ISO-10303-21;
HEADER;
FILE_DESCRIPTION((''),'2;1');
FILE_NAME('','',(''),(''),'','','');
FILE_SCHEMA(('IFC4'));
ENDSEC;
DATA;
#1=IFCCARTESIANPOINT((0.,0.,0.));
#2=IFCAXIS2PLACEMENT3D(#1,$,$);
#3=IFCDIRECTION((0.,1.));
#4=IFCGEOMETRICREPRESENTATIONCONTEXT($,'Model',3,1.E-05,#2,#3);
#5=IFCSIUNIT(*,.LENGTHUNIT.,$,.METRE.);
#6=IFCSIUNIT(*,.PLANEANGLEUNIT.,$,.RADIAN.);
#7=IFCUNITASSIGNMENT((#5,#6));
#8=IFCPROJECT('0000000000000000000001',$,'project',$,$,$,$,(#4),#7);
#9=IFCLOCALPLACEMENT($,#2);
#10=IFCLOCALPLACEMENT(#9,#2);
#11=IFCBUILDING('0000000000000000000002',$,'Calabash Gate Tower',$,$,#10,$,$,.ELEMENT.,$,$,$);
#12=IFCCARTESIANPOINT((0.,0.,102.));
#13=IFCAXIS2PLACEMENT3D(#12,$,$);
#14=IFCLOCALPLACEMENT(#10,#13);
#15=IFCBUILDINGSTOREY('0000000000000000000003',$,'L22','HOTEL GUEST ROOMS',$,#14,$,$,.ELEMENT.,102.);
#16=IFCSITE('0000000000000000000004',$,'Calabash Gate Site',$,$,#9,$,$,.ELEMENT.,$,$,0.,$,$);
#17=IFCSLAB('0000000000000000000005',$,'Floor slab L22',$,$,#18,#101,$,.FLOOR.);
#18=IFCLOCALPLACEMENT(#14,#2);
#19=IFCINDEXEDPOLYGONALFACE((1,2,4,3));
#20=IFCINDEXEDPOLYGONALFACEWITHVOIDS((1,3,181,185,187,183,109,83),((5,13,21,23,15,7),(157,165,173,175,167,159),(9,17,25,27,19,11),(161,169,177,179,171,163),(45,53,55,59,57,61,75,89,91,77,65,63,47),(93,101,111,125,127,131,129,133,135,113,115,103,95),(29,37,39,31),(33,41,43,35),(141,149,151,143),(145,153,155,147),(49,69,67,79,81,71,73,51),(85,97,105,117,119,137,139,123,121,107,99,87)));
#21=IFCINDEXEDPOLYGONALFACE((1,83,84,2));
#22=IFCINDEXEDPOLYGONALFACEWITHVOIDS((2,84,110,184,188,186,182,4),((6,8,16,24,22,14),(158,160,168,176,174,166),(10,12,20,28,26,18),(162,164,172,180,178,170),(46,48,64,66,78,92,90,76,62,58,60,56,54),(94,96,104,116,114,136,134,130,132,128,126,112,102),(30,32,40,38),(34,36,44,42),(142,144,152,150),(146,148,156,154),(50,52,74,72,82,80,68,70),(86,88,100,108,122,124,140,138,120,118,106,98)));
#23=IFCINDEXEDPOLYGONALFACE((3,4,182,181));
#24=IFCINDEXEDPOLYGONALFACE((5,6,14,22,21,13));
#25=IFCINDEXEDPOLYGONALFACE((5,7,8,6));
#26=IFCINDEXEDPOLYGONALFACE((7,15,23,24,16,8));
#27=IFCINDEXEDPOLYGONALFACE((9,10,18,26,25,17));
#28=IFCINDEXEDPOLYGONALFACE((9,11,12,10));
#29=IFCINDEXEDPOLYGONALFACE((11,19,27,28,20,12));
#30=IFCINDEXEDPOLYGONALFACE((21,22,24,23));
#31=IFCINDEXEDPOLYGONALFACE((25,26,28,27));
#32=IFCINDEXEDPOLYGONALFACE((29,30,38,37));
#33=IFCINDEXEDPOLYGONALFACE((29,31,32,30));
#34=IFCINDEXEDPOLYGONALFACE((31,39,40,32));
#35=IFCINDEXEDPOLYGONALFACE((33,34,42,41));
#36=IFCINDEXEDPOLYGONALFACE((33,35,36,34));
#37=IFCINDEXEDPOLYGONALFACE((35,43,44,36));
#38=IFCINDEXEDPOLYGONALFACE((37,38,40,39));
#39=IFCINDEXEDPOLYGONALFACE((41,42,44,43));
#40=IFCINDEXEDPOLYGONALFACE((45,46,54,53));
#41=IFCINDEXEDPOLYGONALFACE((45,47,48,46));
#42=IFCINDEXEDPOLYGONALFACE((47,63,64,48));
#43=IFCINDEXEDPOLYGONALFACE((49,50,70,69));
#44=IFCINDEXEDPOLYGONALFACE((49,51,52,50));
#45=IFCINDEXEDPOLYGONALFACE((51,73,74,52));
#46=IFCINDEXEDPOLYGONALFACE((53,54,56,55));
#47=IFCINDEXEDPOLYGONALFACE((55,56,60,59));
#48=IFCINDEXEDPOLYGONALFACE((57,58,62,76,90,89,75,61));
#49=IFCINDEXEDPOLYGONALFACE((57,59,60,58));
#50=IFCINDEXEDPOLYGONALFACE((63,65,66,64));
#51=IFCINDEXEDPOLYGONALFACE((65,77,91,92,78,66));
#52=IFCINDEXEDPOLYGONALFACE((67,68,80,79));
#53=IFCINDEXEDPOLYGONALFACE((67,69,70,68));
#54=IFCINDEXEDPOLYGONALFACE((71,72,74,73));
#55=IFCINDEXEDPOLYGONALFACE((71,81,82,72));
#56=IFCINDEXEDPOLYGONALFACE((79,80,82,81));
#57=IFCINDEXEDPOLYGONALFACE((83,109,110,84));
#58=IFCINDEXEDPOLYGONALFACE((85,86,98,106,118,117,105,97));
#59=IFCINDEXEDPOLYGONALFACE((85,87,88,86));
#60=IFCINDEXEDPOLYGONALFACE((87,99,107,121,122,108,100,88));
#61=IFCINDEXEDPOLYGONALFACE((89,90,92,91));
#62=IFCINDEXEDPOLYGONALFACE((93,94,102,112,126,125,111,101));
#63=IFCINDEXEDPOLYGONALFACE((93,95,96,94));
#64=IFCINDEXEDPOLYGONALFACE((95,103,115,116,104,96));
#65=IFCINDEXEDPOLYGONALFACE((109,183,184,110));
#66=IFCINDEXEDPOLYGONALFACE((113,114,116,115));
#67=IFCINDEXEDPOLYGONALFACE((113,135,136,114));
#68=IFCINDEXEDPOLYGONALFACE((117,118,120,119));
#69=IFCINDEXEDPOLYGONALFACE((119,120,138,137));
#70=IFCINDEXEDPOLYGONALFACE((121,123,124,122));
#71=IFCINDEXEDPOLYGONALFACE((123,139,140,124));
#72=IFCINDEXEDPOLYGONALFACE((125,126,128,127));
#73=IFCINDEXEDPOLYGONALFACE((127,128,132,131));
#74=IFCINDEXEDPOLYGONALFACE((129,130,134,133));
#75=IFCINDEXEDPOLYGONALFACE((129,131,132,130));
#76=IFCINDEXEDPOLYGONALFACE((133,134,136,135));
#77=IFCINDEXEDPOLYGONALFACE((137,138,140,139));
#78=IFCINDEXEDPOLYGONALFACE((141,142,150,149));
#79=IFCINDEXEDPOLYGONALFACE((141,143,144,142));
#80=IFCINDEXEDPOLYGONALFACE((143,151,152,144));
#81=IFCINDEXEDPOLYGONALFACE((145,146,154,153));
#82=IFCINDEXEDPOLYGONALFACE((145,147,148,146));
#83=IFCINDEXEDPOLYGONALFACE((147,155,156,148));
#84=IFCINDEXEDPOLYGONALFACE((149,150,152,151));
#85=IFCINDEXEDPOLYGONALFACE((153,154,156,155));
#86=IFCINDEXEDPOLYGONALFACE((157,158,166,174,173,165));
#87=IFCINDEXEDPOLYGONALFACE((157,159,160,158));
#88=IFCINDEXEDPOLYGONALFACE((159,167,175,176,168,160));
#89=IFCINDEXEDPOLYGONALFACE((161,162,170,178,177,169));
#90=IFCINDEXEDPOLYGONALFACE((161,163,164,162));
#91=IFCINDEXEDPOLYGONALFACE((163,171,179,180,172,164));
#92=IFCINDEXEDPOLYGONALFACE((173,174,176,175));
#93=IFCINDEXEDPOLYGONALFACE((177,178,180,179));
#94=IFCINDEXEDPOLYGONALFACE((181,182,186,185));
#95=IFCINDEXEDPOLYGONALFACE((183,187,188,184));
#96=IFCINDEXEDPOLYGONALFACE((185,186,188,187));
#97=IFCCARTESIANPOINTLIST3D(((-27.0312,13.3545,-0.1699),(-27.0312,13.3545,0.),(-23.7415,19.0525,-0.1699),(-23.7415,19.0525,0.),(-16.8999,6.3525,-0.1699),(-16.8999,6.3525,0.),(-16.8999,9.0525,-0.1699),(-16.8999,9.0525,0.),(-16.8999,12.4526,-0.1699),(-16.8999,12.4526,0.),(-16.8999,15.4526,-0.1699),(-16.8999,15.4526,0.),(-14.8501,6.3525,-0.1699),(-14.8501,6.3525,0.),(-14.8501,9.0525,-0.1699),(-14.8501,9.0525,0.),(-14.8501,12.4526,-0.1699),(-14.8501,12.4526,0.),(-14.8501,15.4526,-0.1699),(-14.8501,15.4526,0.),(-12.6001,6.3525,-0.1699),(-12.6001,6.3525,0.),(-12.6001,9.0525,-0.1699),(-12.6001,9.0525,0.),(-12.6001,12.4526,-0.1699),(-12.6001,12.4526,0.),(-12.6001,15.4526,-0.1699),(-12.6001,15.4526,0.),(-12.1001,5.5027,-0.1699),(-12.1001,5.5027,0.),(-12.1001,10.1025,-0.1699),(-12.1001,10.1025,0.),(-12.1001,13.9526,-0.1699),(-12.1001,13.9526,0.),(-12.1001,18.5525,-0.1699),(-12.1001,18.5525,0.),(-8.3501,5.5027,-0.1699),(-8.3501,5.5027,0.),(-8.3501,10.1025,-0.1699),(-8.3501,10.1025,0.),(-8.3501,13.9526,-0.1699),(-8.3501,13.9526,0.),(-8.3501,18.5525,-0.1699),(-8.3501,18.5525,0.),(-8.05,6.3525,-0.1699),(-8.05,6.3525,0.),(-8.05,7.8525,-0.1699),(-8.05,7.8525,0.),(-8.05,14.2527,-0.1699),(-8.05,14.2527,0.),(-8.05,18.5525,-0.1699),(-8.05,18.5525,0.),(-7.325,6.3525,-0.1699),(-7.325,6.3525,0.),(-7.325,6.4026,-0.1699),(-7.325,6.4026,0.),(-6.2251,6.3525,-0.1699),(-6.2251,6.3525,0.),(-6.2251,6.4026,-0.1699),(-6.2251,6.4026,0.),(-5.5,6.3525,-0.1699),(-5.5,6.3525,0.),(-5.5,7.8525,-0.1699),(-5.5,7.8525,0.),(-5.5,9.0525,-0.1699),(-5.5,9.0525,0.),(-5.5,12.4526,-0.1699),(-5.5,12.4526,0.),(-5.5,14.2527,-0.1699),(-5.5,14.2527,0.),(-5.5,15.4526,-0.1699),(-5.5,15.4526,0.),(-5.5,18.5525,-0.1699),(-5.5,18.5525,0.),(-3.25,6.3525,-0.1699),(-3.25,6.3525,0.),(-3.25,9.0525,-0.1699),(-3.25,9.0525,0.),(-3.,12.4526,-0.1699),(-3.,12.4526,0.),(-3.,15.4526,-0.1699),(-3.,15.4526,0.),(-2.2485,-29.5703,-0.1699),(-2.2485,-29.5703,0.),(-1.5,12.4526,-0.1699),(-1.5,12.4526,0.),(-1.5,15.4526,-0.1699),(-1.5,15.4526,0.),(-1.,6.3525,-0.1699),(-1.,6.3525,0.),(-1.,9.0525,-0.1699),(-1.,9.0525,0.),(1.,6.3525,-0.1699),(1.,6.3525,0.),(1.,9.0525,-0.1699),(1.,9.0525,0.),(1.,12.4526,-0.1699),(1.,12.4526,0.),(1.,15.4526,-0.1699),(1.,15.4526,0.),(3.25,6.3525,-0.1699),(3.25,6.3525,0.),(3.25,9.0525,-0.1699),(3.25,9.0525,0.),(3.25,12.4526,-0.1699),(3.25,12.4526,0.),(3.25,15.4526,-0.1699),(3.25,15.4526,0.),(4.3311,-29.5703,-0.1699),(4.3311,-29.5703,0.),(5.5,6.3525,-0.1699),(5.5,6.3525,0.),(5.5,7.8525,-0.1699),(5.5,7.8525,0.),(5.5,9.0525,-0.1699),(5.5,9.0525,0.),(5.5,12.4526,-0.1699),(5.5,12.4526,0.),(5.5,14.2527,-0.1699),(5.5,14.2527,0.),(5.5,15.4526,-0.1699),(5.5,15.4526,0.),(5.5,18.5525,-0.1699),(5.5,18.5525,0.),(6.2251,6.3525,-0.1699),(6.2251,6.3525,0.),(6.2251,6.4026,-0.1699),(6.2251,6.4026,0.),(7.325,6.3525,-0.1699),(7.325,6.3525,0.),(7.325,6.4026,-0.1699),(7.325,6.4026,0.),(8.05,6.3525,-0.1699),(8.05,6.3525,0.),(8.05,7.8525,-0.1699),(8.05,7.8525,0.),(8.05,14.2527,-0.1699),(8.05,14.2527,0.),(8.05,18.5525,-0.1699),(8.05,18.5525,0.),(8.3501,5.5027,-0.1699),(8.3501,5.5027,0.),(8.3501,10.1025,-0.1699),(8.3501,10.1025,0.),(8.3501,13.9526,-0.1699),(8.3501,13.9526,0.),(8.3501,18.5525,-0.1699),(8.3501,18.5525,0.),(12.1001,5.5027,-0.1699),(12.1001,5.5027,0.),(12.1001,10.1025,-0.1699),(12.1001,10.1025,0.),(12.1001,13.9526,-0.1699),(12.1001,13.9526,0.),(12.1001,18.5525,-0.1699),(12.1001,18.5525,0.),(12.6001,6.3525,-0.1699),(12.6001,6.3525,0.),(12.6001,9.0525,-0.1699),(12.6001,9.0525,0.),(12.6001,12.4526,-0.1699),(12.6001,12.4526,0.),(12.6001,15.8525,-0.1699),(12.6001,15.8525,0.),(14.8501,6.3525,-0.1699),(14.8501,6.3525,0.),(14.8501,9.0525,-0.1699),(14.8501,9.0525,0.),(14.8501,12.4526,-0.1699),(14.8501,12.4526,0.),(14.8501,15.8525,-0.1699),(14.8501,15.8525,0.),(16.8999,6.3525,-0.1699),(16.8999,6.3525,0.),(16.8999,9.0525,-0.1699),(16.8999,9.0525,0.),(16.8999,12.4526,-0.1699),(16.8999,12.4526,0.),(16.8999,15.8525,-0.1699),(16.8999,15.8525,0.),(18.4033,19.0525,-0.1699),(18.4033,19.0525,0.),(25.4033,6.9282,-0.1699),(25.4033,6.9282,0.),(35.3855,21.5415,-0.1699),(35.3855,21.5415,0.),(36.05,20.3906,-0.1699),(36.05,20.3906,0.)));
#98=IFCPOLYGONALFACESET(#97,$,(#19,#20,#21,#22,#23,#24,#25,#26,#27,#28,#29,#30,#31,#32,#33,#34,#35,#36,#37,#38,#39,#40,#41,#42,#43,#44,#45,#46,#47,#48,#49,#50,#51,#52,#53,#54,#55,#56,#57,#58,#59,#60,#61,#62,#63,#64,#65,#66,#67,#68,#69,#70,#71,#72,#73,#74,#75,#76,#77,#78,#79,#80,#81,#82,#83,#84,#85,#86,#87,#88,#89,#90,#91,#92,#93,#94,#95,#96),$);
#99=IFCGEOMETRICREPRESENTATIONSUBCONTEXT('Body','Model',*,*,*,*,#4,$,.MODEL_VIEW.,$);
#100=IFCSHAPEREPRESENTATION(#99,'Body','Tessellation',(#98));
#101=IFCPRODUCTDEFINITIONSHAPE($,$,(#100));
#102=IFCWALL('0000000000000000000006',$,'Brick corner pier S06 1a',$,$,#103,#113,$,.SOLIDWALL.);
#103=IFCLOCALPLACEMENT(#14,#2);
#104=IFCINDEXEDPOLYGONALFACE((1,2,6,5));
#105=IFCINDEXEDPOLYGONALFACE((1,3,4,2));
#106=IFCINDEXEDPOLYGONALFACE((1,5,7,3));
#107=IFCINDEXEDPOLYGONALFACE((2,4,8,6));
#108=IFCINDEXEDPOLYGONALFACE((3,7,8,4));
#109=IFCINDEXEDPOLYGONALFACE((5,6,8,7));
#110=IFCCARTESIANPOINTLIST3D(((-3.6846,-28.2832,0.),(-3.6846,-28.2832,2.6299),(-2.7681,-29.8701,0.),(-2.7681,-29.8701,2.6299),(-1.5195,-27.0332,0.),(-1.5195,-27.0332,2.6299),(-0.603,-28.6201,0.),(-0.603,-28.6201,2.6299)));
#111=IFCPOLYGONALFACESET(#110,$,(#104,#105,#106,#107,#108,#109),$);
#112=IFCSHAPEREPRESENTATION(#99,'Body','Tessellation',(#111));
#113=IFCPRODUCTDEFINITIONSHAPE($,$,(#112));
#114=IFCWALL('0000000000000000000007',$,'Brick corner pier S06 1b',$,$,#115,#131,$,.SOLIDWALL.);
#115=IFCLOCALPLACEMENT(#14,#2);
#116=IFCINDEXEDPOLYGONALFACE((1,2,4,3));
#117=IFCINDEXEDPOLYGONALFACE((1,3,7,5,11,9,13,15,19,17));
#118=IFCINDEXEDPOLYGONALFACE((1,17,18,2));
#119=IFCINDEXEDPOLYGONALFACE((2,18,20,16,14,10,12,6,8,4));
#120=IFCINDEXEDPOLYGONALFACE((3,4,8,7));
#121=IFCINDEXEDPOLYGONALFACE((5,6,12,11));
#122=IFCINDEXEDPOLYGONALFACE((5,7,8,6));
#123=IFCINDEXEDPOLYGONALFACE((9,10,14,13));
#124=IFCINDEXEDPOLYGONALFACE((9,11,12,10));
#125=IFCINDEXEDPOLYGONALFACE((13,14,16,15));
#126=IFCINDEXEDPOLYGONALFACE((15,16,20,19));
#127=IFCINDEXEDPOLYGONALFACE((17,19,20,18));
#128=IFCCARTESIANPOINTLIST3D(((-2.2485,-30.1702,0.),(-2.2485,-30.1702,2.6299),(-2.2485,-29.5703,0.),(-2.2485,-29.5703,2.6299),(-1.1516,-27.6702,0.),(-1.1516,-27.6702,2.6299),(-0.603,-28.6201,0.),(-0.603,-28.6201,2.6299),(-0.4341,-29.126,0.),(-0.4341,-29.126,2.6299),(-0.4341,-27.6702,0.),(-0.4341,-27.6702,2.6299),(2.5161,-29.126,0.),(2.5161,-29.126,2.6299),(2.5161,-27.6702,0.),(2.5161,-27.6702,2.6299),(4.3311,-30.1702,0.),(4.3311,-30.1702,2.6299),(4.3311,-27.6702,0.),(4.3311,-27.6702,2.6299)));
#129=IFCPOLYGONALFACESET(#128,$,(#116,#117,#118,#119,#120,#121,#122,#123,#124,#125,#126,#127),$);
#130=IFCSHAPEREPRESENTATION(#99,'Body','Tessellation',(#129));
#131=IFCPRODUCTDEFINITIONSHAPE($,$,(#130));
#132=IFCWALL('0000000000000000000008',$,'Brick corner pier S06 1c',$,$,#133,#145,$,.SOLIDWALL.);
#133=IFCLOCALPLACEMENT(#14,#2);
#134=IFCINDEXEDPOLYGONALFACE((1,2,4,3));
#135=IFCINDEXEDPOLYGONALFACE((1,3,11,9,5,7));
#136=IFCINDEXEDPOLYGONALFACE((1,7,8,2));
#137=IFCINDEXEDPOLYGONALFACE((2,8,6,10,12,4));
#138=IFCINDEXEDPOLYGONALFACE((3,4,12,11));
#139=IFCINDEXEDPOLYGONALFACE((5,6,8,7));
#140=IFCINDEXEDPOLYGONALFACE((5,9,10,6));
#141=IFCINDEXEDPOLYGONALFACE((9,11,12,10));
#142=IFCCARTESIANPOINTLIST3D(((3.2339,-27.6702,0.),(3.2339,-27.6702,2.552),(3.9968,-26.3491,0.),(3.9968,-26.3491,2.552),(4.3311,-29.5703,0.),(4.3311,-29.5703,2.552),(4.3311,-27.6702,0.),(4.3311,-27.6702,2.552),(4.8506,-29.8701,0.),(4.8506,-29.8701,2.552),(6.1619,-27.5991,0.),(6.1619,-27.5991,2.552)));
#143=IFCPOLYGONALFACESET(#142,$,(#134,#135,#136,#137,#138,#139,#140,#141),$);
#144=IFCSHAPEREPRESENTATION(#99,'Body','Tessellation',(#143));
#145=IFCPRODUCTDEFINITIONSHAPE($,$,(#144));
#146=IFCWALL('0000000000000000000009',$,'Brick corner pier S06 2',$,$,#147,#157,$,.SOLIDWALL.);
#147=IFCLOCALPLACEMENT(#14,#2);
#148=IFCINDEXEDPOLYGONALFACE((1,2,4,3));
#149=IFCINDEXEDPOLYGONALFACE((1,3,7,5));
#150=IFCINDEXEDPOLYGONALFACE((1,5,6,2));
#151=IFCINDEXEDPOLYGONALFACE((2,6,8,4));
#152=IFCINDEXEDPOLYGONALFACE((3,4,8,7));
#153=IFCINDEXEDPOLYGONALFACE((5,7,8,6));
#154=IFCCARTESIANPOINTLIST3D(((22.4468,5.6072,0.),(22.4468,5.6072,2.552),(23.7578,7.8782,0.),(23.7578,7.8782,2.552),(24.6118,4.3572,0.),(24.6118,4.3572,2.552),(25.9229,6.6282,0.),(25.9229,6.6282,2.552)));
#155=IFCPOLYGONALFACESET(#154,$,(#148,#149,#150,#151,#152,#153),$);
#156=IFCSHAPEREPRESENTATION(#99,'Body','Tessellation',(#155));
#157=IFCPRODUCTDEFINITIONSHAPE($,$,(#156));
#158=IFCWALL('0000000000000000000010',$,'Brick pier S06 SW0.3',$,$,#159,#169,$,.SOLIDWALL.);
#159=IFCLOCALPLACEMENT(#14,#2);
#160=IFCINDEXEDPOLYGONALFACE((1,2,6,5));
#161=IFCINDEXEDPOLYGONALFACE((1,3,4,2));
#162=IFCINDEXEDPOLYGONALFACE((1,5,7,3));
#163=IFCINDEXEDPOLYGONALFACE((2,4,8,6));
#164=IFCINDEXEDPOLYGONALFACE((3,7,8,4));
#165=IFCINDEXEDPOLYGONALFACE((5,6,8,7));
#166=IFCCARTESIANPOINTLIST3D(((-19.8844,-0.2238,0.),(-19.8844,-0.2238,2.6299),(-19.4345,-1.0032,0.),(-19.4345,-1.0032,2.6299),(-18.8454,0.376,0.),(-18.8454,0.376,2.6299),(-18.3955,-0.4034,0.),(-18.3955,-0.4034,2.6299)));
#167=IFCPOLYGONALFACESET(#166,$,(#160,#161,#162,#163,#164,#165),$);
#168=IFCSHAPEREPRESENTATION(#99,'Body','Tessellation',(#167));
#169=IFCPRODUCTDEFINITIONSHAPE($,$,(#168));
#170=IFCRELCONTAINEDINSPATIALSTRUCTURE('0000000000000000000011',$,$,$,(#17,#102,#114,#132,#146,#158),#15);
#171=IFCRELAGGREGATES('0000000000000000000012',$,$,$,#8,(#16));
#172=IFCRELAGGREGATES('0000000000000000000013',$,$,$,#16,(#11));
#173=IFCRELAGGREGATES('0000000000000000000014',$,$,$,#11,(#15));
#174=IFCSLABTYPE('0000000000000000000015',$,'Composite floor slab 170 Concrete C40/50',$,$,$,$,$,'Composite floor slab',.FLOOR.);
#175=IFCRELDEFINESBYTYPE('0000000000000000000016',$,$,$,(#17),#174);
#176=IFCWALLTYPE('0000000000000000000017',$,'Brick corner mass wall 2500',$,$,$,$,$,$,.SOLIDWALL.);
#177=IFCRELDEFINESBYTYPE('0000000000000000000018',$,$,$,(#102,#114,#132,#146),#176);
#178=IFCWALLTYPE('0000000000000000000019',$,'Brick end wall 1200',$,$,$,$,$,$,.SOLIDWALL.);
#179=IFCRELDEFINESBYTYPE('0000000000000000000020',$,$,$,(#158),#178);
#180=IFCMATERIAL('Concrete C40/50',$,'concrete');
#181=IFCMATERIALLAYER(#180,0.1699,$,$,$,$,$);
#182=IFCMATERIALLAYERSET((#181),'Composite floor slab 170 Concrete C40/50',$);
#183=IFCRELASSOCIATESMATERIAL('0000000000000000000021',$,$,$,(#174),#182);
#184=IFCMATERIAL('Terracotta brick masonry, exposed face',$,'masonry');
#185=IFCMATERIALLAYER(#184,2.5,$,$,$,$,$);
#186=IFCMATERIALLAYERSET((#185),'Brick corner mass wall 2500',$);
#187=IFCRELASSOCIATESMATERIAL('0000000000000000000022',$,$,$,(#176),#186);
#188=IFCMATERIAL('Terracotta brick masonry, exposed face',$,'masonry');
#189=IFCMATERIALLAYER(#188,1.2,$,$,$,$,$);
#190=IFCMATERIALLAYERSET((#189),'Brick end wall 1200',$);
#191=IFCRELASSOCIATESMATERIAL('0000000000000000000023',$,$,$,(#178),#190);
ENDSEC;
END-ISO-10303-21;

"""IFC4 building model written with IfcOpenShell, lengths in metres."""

from ifc_helpers import new_model, si_unit, direction, frame, frame_2d, origin, place, context, subcontext, project, spatial, polyline, rectangle, outline, extrude, material, layer, layer_set, type_object, element, save


model = new_model("IFC4")

# Units and contexts
model_context = context("Model", 3, precision=1e-05, world=origin(), true_north=direction((0.0, 1.0)))
body_context = subcontext(model_context, "Body", "Model", "MODEL_VIEW")
ifc_project = project(units=[si_unit("LENGTHUNIT", "METRE"), si_unit("PLANEANGLEUNIT", "RADIAN")], contexts=[model_context])

# Site, building, storey
site_placement = place(None, origin())
site = spatial("IfcSite", under=ifc_project, at=site_placement, Name="Calabash Gate Site", CompositionType="ELEMENT", RefElevation=0.0)
building_placement = place(site_placement, origin())
building = spatial("IfcBuilding", under=site, at=building_placement, Name="Calabash Gate Tower", CompositionType="ELEMENT")
storey_placement = place(building_placement, frame((0.0, 0.0, 102.0)))
storey = spatial("IfcBuildingStorey", under=building, at=storey_placement, Name="L22", Description="HOTEL GUEST ROOMS", CompositionType="ELEMENT", Elevation=102.0)

# Slab
ifc_material_1 = material(Name="Concrete C40/50", Category="concrete")
ifc_layer_1 = layer(ifc_material_1, 0.1699)
ifc_layer_set_1 = layer_set([ifc_layer_1], Name="Composite floor slab 170 Concrete C40/50")
slab_type = type_object("IfcSlabType", Name="Composite floor slab 170 Concrete C40/50", ElementType="Composite floor slab", PredefinedType="FLOOR", material=ifc_layer_set_1)
slab_placement = place(storey_placement, frame((0.0, 0.0, -0.1699)))
element("IfcSlab", 1, at=slab_placement, inside=storey, type_object=slab_type, Name="Floor slab L22", PredefinedType="FLOOR", context=body_context, shape_type="SweptSolid", body=[
    extrude(outline(polyline([(-27.0312, 13.3545), (-23.7415, 19.0525), (18.4033, 19.0525), (35.3855, 21.5415), (36.05, 20.3906), (25.4033, 6.9282), (4.3311, -29.5703), (-2.2485, -29.5703), (-27.0312, 13.3545)]), holes=[polyline([(-5.5, 9.0525), (-5.5, 7.8525), (-8.05, 7.8525), (-8.05, 6.3525), (-7.325, 6.3525), (-7.325, 6.4026), (-6.2251, 6.4026), (-6.2251, 6.3525), (-5.5, 6.3525), (-3.25, 6.3525), (-1.0, 6.3525), (-1.0, 9.0525), (-3.25, 9.0525), (-5.5, 9.0525)]), polyline([(5.5, 9.0525), (3.25, 9.0525), (1.0, 9.0525), (1.0, 6.3525), (3.25, 6.3525), (5.5, 6.3525), (6.2251, 6.3525), (6.2251, 6.4026), (7.325, 6.4026), (7.325, 6.3525), (8.05, 6.3525), (8.05, 7.8525), (5.5, 7.8525), (5.5, 9.0525)]), polyline([(-5.5, 14.2527), (-5.5, 12.4526), (-3.0, 12.4526), (-3.0, 15.4526), (-5.5, 15.4526), (-5.5, 18.5525), (-8.05, 18.5525), (-8.05, 14.2527), (-5.5, 14.2527)]), polyline([(8.05, 18.5525), (5.5, 18.5525), (5.5, 15.4526), (3.25, 15.4526), (1.0, 15.4526), (-1.5, 15.4526), (-1.5, 12.4526), (1.0, 12.4526), (3.25, 12.4526), (5.5, 12.4526), (5.5, 14.2527), (8.05, 14.2527), (8.05, 18.5525)]), polyline([(-12.6001, 6.3525), (-12.6001, 9.0525), (-14.8501, 9.0525), (-16.8999, 9.0525), (-16.8999, 6.3525), (-14.8501, 6.3525), (-12.6001, 6.3525)]), polyline([(-14.8501, 12.4526), (-12.6001, 12.4526), (-12.6001, 15.4526), (-14.8501, 15.4526), (-16.8999, 15.4526), (-16.8999, 12.4526), (-14.8501, 12.4526)]), polyline([(14.8501, 6.3525), (16.8999, 6.3525), (16.8999, 9.0525), (14.8501, 9.0525), (12.6001, 9.0525), (12.6001, 6.3525), (14.8501, 6.3525)]), polyline([(14.8501, 12.4526), (16.8999, 12.4526), (16.8999, 15.8525), (14.8501, 15.8525), (12.6001, 15.8525), (12.6001, 12.4526), (14.8501, 12.4526)]), polyline([(-8.3501, 18.5525), (-12.1001, 18.5525), (-12.1001, 13.9526), (-8.3501, 13.9526), (-8.3501, 18.5525)]), polyline([(-12.1001, 10.1025), (-12.1001, 5.5027), (-8.3501, 5.5027), (-8.3501, 10.1025), (-12.1001, 10.1025)]), polyline([(8.3501, 13.9526), (12.1001, 13.9526), (12.1001, 18.5525), (8.3501, 18.5525), (8.3501, 13.9526)]), polyline([(12.1001, 5.5027), (12.1001, 10.1025), (8.3501, 10.1025), (8.3501, 5.5027), (12.1001, 5.5027)])]), origin(), (0.0, 0.0, 1.0), 0.1699),
])

# Walls
ifc_material_2 = material(Name="Terracotta brick masonry, exposed face", Category="masonry")
ifc_layer_2 = layer(ifc_material_2, 2.5)
ifc_layer_set_2 = layer_set([ifc_layer_2], Name="Brick corner mass wall 2500")
wall_type_1 = type_object("IfcWallType", Name="Brick corner mass wall 2500", PredefinedType="SOLIDWALL", material=ifc_layer_set_2)
wall_1_placement = place(storey_placement, origin())
element("IfcWall", 2, at=wall_1_placement, inside=storey, type_object=wall_type_1, Name="Brick corner pier S06 1a", PredefinedType="SOLIDWALL", context=body_context, shape_type="SweptSolid", body=[
    extrude(outline(polyline([(-0.603, -28.6201), (-1.5195, -27.0332), (-3.6846, -28.2832), (-2.7681, -29.8701), (-0.603, -28.6201)])), origin(), (0.0, 0.0, 1.0), 2.6299),
])
wall_2_placement = place(storey_placement, origin())
element("IfcWall", 3, at=wall_2_placement, inside=storey, type_object=wall_type_1, Name="Brick corner pier S06 1b", PredefinedType="SOLIDWALL", context=body_context, shape_type="SweptSolid", body=[
    extrude(outline(polyline([(-0.4341, -27.6702), (-1.1516, -27.6702), (-0.603, -28.6201), (-2.2485, -29.5703), (-2.2485, -30.1702), (4.3311, -30.1702), (4.3311, -27.6702), (2.5161, -27.6702), (2.5161, -29.126), (-0.4341, -29.126), (-0.4341, -27.6702)])), origin(), (0.0, 0.0, 1.0), 2.6299),
])
wall_3_placement = place(storey_placement, origin())
element("IfcWall", 4, at=wall_3_placement, inside=storey, type_object=wall_type_1, Name="Brick corner pier S06 1c", PredefinedType="SOLIDWALL", context=body_context, shape_type="SweptSolid", body=[
    extrude(outline(polyline([(6.1619, -27.5991), (3.9968, -26.3491), (3.2339, -27.6702), (4.3311, -27.6702), (4.3311, -29.5703), (4.8506, -29.8701), (6.1619, -27.5991)])), origin(), (0.0, 0.0, 1.0), 2.552),
])
wall_4_placement = place(storey_placement, origin())
element("IfcWall", 5, at=wall_4_placement, inside=storey, type_object=wall_type_1, Name="Brick corner pier S06 2", PredefinedType="SOLIDWALL", context=body_context, shape_type="SweptSolid", body=[
    extrude(outline(polyline([(23.7578, 7.8782), (22.4468, 5.6072), (24.6118, 4.3572), (25.9229, 6.6282), (23.7578, 7.8782)])), origin(), (0.0, 0.0, 1.0), 2.552),
])
ifc_material_3 = material(Name="Terracotta brick masonry, exposed face", Category="masonry")
ifc_layer_3 = layer(ifc_material_3, 1.2)
ifc_layer_set_3 = layer_set([ifc_layer_3], Name="Brick end wall 1200")
wall_type_2 = type_object("IfcWallType", Name="Brick end wall 1200", PredefinedType="SOLIDWALL", material=ifc_layer_set_3)
wall_5_placement = place(storey_placement, frame((-19.6594, -0.6135, 0.0), z_axis=(0.0, 0.0, 1.0), x_axis=(0.866043, 0.499969, 0.0)))
element("IfcWall", 6, at=wall_5_placement, inside=storey, type_object=wall_type_2, Name="Brick pier S06 SW0.3", PredefinedType="SOLIDWALL", context=body_context, shape_type="SweptSolid", body=[
    extrude(rectangle(XDim=1.1997, YDim=0.8999, at=frame_2d((0.5999, 0.0))), origin(), (0.0, 0.0, 1.0), 2.6299),
])

save(model, "model.ifc")
